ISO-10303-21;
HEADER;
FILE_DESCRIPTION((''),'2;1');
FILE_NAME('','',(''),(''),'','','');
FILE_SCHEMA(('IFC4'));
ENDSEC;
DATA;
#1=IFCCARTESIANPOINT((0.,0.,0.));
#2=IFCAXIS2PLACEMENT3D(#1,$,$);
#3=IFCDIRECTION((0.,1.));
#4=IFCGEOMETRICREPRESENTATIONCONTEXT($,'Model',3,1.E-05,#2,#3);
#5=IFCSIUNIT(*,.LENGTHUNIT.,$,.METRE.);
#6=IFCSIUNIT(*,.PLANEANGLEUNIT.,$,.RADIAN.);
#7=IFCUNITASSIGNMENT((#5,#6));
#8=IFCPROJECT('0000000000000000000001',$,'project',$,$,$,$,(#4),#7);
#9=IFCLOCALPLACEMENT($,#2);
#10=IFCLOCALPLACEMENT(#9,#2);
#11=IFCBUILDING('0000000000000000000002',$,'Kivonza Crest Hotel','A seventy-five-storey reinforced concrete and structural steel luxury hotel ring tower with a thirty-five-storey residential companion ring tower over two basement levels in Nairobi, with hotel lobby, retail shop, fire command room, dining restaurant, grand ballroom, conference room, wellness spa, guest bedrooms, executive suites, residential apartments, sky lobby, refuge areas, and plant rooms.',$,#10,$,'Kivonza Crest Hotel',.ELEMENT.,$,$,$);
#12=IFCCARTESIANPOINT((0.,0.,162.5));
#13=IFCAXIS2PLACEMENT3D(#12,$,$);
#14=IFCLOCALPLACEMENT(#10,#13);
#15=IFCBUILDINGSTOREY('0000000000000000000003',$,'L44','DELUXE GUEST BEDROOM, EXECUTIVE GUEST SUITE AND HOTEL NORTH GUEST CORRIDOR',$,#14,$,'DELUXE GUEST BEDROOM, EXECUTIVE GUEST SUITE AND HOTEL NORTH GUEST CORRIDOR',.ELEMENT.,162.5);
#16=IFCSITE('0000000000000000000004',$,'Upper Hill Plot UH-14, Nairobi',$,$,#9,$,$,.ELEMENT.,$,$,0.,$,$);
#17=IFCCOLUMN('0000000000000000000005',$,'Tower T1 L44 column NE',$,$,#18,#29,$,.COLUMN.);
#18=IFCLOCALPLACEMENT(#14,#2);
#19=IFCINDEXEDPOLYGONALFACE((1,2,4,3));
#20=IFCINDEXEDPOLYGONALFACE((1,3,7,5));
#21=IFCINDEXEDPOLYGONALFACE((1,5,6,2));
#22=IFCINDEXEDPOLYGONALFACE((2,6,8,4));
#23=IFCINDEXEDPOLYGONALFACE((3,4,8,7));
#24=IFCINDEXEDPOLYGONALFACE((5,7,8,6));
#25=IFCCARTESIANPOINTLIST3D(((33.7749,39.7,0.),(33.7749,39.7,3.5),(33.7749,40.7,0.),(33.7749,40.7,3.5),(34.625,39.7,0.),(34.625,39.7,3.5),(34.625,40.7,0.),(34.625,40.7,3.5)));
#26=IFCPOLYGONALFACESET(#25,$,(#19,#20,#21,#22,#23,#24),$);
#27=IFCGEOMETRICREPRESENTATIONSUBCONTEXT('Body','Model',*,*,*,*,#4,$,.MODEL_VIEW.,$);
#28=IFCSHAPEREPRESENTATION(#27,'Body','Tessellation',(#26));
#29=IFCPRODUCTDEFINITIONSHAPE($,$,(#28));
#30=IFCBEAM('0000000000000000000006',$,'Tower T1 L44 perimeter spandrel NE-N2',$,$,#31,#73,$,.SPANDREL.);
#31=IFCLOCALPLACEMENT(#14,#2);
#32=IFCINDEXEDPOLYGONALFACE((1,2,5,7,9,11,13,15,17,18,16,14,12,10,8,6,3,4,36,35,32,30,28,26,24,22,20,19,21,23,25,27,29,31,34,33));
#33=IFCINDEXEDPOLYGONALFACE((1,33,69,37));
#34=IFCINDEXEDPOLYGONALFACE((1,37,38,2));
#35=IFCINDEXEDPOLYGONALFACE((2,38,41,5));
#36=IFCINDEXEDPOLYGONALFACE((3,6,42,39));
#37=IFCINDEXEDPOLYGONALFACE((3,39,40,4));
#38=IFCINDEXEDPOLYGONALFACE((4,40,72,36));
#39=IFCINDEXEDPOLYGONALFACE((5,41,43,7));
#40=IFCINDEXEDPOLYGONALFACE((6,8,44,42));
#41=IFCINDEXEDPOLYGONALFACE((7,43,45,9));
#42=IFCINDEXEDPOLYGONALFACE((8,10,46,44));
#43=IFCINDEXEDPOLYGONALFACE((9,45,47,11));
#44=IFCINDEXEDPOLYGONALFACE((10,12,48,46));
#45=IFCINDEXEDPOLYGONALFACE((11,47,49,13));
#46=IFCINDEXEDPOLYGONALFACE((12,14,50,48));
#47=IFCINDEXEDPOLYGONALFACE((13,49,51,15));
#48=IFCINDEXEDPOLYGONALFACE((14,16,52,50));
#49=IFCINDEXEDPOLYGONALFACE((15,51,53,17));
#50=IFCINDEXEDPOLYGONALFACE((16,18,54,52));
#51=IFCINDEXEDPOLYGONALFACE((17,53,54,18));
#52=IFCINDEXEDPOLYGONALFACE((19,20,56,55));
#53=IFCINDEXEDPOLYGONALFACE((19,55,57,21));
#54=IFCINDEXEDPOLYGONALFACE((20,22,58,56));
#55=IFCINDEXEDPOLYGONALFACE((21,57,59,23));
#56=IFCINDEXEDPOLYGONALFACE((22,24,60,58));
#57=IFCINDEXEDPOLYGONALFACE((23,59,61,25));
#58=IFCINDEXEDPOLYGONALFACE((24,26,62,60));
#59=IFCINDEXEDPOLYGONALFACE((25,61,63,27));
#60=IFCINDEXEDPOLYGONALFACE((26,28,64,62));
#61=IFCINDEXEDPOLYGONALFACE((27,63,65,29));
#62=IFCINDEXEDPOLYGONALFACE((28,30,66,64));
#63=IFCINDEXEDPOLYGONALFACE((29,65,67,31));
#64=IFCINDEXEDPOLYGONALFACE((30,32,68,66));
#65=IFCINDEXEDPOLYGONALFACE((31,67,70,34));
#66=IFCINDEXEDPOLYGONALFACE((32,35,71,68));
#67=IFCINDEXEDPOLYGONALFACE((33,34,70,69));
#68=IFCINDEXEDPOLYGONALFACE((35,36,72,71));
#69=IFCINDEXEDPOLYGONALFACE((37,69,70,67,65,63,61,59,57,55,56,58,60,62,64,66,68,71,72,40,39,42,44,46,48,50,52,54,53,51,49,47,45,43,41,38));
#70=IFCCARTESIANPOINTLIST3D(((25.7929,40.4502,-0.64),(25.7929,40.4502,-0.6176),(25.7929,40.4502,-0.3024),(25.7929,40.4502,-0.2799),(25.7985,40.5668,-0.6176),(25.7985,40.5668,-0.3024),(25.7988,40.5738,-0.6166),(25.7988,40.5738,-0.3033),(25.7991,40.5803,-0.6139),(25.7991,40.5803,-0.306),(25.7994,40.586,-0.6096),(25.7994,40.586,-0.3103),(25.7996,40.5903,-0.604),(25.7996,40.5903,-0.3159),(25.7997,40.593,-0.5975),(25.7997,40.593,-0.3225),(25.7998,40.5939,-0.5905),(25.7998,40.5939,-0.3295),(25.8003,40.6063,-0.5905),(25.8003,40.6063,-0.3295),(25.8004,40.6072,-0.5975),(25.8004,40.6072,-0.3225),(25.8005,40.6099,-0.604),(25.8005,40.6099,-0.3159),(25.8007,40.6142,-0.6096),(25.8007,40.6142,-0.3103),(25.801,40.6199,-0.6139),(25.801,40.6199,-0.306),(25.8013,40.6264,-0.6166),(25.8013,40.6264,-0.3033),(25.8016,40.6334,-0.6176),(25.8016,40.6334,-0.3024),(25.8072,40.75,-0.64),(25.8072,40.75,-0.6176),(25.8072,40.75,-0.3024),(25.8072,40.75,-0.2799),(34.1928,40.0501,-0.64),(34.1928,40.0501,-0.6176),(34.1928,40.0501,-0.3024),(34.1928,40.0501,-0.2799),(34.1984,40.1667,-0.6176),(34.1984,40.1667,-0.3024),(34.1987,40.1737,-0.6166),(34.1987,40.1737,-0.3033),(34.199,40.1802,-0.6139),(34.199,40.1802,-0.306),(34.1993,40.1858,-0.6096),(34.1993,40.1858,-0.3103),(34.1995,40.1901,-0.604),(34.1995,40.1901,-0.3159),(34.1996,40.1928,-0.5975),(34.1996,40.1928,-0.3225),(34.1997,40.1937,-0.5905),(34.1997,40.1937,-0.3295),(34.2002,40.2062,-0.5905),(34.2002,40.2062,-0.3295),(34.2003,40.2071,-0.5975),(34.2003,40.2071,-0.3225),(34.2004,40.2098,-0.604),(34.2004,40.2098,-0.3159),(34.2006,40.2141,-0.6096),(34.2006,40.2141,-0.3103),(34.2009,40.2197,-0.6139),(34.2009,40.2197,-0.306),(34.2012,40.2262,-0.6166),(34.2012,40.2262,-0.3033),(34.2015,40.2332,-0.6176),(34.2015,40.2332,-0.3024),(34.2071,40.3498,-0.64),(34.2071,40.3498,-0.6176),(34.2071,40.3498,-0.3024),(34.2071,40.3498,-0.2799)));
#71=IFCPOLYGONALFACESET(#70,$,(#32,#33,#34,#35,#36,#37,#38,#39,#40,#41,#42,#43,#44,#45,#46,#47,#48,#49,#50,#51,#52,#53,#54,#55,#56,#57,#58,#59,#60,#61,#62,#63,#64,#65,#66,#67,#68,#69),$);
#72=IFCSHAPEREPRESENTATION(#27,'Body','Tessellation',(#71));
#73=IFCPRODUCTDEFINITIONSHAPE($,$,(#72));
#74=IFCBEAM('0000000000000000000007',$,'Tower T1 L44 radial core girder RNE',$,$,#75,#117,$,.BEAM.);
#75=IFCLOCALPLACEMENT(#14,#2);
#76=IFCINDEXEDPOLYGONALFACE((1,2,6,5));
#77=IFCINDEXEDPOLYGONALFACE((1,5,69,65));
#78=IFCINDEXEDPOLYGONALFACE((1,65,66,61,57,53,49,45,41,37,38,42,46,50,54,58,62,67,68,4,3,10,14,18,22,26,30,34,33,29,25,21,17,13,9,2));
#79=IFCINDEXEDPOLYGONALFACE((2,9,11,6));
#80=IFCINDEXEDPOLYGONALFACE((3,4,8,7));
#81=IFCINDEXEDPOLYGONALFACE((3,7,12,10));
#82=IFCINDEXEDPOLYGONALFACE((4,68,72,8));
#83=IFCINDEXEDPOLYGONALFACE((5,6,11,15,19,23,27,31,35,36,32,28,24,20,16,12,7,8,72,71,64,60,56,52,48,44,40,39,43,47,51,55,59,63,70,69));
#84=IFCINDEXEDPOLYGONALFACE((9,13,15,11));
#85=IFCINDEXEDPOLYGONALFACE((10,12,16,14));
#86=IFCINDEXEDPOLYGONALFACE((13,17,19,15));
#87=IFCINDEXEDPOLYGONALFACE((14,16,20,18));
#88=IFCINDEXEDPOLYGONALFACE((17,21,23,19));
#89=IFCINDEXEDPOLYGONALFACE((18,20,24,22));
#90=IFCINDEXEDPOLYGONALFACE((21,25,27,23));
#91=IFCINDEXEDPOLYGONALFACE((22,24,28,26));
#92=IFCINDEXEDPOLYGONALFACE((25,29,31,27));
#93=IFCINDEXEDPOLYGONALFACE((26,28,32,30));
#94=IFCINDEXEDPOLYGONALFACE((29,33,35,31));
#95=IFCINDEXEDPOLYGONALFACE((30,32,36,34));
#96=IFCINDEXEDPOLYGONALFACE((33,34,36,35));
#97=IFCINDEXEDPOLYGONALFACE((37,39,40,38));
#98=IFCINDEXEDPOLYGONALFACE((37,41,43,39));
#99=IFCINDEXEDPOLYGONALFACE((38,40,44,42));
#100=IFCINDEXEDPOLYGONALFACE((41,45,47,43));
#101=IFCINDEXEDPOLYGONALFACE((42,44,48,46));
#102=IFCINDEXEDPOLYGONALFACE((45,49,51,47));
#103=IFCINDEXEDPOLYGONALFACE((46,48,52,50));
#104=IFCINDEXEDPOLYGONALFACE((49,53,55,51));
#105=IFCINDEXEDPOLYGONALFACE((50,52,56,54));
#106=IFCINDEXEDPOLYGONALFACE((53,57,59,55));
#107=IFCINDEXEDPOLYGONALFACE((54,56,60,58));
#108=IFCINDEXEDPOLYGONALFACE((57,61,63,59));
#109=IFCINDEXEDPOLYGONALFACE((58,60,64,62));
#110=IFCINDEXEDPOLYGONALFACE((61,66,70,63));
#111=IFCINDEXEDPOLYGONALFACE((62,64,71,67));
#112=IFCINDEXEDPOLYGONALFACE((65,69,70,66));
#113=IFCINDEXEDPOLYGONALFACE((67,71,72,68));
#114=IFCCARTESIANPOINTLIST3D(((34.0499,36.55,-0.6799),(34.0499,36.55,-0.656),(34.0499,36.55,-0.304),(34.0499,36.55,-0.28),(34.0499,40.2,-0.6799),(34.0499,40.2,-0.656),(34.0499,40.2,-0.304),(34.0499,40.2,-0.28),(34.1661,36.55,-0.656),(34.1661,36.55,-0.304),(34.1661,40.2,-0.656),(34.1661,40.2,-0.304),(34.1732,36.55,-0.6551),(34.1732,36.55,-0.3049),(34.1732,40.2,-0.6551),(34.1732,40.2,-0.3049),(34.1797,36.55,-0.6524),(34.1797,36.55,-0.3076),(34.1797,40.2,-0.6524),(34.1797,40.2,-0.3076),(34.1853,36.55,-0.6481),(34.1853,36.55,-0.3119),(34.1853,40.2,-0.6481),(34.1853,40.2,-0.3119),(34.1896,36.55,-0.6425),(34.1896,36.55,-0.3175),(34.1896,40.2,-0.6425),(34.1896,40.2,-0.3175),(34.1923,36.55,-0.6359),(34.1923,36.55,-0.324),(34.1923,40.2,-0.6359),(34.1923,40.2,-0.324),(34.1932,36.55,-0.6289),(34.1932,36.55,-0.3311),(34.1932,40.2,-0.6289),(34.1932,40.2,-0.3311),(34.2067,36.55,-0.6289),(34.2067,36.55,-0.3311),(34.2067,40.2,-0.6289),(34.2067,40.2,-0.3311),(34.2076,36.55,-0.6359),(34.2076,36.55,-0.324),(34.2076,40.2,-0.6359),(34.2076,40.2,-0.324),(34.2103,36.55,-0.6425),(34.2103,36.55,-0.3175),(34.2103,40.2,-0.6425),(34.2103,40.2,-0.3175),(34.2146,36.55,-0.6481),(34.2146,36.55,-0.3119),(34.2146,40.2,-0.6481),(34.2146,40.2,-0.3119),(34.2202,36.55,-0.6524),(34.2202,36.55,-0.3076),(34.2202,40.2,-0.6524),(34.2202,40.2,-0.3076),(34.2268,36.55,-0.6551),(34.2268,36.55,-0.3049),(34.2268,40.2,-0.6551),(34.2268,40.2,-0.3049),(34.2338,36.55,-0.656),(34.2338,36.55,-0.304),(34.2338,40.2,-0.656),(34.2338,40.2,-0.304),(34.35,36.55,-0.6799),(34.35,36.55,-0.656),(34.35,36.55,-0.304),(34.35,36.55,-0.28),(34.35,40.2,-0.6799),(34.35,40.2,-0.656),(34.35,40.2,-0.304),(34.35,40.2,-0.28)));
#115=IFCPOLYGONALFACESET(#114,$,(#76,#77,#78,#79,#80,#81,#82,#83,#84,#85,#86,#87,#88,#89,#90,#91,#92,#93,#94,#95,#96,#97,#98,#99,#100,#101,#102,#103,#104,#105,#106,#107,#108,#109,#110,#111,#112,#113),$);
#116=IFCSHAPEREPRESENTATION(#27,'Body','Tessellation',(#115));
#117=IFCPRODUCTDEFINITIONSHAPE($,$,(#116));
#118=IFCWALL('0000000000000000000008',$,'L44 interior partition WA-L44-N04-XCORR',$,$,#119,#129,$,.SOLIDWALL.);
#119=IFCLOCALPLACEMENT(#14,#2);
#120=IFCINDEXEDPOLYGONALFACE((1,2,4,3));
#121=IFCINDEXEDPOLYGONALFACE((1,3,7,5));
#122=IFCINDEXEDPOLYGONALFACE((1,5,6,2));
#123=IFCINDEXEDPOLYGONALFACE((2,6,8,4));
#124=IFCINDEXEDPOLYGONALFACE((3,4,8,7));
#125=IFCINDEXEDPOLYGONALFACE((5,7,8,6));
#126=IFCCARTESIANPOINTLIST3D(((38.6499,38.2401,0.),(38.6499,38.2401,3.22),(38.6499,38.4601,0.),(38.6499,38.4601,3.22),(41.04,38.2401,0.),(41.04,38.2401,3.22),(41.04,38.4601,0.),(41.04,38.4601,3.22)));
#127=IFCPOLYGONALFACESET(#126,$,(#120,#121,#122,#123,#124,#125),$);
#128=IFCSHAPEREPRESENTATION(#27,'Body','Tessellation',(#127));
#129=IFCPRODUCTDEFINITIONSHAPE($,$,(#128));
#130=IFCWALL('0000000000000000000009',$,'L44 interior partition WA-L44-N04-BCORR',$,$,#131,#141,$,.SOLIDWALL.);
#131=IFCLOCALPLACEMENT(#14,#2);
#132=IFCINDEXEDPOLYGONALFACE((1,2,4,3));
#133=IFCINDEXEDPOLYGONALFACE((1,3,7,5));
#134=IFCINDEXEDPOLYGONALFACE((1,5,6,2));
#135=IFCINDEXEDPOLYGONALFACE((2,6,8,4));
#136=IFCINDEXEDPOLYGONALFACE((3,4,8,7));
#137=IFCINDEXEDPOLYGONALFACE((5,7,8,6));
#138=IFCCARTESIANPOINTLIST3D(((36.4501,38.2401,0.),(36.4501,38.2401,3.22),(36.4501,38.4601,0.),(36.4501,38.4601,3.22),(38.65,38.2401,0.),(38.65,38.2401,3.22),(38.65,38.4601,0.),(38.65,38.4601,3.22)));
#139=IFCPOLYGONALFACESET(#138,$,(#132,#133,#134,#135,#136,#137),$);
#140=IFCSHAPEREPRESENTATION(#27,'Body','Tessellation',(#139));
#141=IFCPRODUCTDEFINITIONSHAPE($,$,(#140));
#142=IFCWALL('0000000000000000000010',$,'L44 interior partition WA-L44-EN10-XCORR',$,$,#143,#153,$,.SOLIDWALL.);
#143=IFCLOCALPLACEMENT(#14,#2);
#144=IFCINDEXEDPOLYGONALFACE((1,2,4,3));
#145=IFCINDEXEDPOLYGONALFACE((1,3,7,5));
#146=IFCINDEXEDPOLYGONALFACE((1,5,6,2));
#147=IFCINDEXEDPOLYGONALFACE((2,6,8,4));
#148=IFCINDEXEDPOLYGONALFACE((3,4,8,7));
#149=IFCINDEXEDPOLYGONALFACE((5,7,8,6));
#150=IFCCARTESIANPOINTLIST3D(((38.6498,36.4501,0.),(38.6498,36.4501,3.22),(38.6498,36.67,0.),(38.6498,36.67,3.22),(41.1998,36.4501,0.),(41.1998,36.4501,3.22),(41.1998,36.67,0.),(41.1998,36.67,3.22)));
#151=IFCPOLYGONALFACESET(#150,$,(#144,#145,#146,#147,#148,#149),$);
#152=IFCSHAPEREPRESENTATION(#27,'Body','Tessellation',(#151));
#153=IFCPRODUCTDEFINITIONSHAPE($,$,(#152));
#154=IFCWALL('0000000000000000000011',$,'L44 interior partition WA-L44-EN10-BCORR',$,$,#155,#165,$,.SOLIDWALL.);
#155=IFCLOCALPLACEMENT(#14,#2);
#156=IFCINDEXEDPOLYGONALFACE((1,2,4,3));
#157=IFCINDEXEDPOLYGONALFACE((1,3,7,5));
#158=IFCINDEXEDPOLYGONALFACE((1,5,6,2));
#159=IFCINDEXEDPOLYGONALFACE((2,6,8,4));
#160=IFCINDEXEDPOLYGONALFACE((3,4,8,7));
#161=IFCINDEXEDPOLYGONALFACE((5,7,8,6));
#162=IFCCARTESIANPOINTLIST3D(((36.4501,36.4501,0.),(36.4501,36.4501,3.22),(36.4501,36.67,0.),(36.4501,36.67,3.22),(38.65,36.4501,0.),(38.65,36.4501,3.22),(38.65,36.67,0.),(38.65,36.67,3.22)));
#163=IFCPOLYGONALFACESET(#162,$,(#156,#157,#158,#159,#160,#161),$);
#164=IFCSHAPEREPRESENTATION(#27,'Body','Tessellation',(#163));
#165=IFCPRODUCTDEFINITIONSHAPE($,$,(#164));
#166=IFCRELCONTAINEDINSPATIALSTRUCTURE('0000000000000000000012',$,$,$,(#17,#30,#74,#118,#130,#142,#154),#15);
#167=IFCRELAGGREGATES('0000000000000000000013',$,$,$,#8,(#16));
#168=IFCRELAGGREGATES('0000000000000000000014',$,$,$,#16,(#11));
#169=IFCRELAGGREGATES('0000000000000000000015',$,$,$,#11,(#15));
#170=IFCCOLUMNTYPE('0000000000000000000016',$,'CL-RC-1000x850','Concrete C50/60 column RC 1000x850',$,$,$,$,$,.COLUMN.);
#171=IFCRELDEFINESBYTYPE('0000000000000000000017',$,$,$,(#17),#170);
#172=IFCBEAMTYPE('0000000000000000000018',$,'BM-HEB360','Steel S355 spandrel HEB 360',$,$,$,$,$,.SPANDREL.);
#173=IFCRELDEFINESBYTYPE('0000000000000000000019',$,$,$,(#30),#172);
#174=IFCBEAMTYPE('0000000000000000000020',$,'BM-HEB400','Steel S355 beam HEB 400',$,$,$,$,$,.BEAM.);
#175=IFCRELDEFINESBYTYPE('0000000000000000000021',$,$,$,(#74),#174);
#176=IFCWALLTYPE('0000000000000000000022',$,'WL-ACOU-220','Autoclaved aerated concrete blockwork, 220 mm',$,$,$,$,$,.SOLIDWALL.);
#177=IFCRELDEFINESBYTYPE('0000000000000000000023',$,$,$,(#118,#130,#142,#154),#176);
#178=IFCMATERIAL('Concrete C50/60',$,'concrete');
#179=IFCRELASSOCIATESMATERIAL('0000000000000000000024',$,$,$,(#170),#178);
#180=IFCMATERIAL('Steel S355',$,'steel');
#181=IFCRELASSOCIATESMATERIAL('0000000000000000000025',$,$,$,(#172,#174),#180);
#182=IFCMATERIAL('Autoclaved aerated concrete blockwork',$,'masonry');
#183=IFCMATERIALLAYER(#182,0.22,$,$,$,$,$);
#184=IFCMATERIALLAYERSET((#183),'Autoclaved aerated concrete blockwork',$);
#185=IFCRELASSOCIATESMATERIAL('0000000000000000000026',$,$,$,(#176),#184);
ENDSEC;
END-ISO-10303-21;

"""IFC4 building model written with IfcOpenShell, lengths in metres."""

from ifc_helpers import new_model, si_unit, direction, frame, frame_2d, origin, origin_2d, place, context, subcontext, project, spatial, rectangle, i_section, extrude, material, layer, layer_set, material_profile, profile_set, type_object, element, save


model = new_model("IFC4")

# Units and contexts
model_context = context("Model", 3, precision=1e-05, world=origin(), true_north=direction((0.0, 1.0)))
body_context = subcontext(model_context, "Body", "Model", "MODEL_VIEW")
ifc_project = project(units=[si_unit("LENGTHUNIT", "METRE"), si_unit("PLANEANGLEUNIT", "RADIAN")], contexts=[model_context])

# Site, building, storey
site_placement = place(None, origin())
site = spatial("IfcSite", under=ifc_project, at=site_placement, Name="Upper Hill Plot UH-14, Nairobi", CompositionType="ELEMENT", RefElevation=0.0)
building_placement = place(site_placement, origin())
building = spatial("IfcBuilding", under=site, at=building_placement, Name="Kivonza Crest Hotel", Description="A seventy-five-storey reinforced concrete and structural steel luxury hotel ring tower with a thirty-five-storey residential companion ring tower over two basement levels in Nairobi, with hotel lobby, retail shop, fire command room, dining restaurant, grand ballroom, conference room, wellness spa, guest bedrooms, executive suites, residential apartments, sky lobby, refuge areas, and plant rooms.", LongName="Kivonza Crest Hotel", CompositionType="ELEMENT")
storey_placement = place(building_placement, frame((0.0, 0.0, 162.5)))
storey = spatial("IfcBuildingStorey", under=building, at=storey_placement, Name="L44", Description="DELUXE GUEST BEDROOM, EXECUTIVE GUEST SUITE AND HOTEL NORTH GUEST CORRIDOR", LongName="DELUXE GUEST BEDROOM, EXECUTIVE GUEST SUITE AND HOTEL NORTH GUEST CORRIDOR", CompositionType="ELEMENT", Elevation=162.5)

# Column
ifc_material_1 = material(Name="Concrete C50/60", Category="concrete")
ifc_material_profile_1 = material_profile(ifc_material_1, rectangle(XDim=0.8501, YDim=1.0, at=origin_2d()), Name="RC 1000x850")
ifc_profile_set_1 = profile_set([ifc_material_profile_1], Name="Concrete C50/60")
column_type = type_object("IfcColumnType", Name="CL-RC-1000x850", Description="Concrete C50/60 column RC 1000x850", PredefinedType="COLUMN", material=ifc_profile_set_1)
column_placement = place(storey_placement, frame((34.2, 40.2, 0.0), z_axis=(0.0, 0.0, 1.0), x_axis=(1.0, 0.0, 0.0)))
element("IfcColumn", 1, at=column_placement, inside=storey, type_object=column_type, Name="Tower T1 L44 column NE", PredefinedType="COLUMN", context=body_context, shape_type="SweptSolid", body=[
    extrude(rectangle(XDim=0.8501, YDim=1.0, at=origin_2d()), origin(), (0.0, 0.0, 1.0), 3.5),
])

# Beams
ifc_material_2 = material(Name="Steel S355", Category="steel")
ifc_material_profile_2 = material_profile(ifc_material_2, i_section(OverallWidth=0.3, OverallDepth=0.3601, WebThickness=0.0125, FlangeThickness=0.0225, FilletRadius=0.0271, at=origin_2d()), Name="HEB 360")
ifc_profile_set_2 = profile_set([ifc_material_profile_2], Name="Steel S355")
beam_type_1 = type_object("IfcBeamType", Name="BM-HEB360", Description="Steel S355 spandrel HEB 360", PredefinedType="SPANDREL", material=ifc_profile_set_2)
beam_1_placement = place(storey_placement, frame((34.2, 40.2, -0.46), z_axis=(-0.998867, 0.047583, 0.0), x_axis=(-0.047583, -0.998867, 0.0)))
element("IfcBeam", 2, at=beam_1_placement, inside=storey, type_object=beam_type_1, Name="Tower T1 L44 perimeter spandrel NE-N2", PredefinedType="SPANDREL", context=body_context, shape_type="SweptSolid", body=[
    extrude(i_section(OverallWidth=0.3, OverallDepth=0.3601, WebThickness=0.0125, FlangeThickness=0.0225, FilletRadius=0.0271, at=origin_2d()), origin(), (0.0, 0.0, 1.0), 8.4094),
])
ifc_material_profile_3 = material_profile(ifc_material_2, i_section(OverallWidth=0.3, OverallDepth=0.3999, WebThickness=0.0134, FlangeThickness=0.0239, FilletRadius=0.0271, at=origin_2d()), Name="HEB 400")
ifc_profile_set_3 = profile_set([ifc_material_profile_3], Name="Steel S355")
beam_type_2 = type_object("IfcBeamType", Name="BM-HEB400", Description="Steel S355 beam HEB 400", PredefinedType="BEAM", material=ifc_profile_set_3)
beam_2_placement = place(storey_placement, frame((34.2, 40.2, -0.48), z_axis=(0.0, -1.0, 0.0), x_axis=(1.0, 0.0, 0.0)))
element("IfcBeam", 3, at=beam_2_placement, inside=storey, type_object=beam_type_2, Name="Tower T1 L44 radial core girder RNE", PredefinedType="BEAM", context=body_context, shape_type="SweptSolid", body=[
    extrude(i_section(OverallWidth=0.3, OverallDepth=0.3999, WebThickness=0.0134, FlangeThickness=0.0239, FilletRadius=0.0271, at=origin_2d()), origin(), (0.0, 0.0, 1.0), 3.6499),
])

# Walls
ifc_material_3 = material(Name="Autoclaved aerated concrete blockwork", Category="masonry")
ifc_layer_1 = layer(ifc_material_3, 0.22)
ifc_layer_set_1 = layer_set([ifc_layer_1], Name="Autoclaved aerated concrete blockwork")
wall_type_1 = type_object("IfcWallType", Name="WL-ACOU-220", Description="Autoclaved aerated concrete blockwork, 220 mm", PredefinedType="SOLIDWALL", material=ifc_layer_set_1)
wall_1_placement = place(storey_placement, frame((38.6499, 38.3501, 0.0), z_axis=(0.0, 0.0, 1.0), x_axis=(1.0, 0.0, 0.0)))
element("IfcWall", 4, at=wall_1_placement, inside=storey, type_object=wall_type_1, Name="L44 interior partition WA-L44-N04-XCORR", PredefinedType="SOLIDWALL", context=body_context, shape_type="SweptSolid", body=[
    extrude(rectangle(XDim=2.3901, YDim=0.22, at=frame_2d((1.1951, 0.0))), origin(), (0.0, 0.0, 1.0), 3.22),
])
wall_2_placement = place(storey_placement, frame((36.45, 38.3501, 0.0), z_axis=(0.0, 0.0, 1.0), x_axis=(1.0, 0.0, 0.0)))
element("IfcWall", 5, at=wall_2_placement, inside=storey, type_object=wall_type_1, Name="L44 interior partition WA-L44-N04-BCORR", PredefinedType="SOLIDWALL", context=body_context, shape_type="SweptSolid", body=[
    extrude(rectangle(XDim=2.2, YDim=0.22, at=frame_2d((1.1001, 0.0))), origin(), (0.0, 0.0, 1.0), 3.22),
])
wall_3_placement = place(storey_placement, frame((38.6499, 36.5601, 0.0), z_axis=(0.0, 0.0, 1.0), x_axis=(1.0, 0.0, 0.0)))
element("IfcWall", 6, at=wall_3_placement, inside=storey, type_object=wall_type_1, Name="L44 interior partition WA-L44-EN10-XCORR", PredefinedType="SOLIDWALL", context=body_context, shape_type="SweptSolid", body=[
    extrude(rectangle(XDim=2.55, YDim=0.22, at=frame_2d((1.2749, 0.0))), origin(), (0.0, 0.0, 1.0), 3.22),
])
wall_4_placement = place(storey_placement, frame((36.45, 36.5601, 0.0), z_axis=(0.0, 0.0, 1.0), x_axis=(1.0, 0.0, 0.0)))
element("IfcWall", 7, at=wall_4_placement, inside=storey, type_object=wall_type_1, Name="L44 interior partition WA-L44-EN10-BCORR", PredefinedType="SOLIDWALL", context=body_context, shape_type="SweptSolid", body=[
    extrude(rectangle(XDim=2.2, YDim=0.22, at=frame_2d((1.1001, 0.0))), origin(), (0.0, 0.0, 1.0), 3.22),
])

save(model, "model.ifc")
